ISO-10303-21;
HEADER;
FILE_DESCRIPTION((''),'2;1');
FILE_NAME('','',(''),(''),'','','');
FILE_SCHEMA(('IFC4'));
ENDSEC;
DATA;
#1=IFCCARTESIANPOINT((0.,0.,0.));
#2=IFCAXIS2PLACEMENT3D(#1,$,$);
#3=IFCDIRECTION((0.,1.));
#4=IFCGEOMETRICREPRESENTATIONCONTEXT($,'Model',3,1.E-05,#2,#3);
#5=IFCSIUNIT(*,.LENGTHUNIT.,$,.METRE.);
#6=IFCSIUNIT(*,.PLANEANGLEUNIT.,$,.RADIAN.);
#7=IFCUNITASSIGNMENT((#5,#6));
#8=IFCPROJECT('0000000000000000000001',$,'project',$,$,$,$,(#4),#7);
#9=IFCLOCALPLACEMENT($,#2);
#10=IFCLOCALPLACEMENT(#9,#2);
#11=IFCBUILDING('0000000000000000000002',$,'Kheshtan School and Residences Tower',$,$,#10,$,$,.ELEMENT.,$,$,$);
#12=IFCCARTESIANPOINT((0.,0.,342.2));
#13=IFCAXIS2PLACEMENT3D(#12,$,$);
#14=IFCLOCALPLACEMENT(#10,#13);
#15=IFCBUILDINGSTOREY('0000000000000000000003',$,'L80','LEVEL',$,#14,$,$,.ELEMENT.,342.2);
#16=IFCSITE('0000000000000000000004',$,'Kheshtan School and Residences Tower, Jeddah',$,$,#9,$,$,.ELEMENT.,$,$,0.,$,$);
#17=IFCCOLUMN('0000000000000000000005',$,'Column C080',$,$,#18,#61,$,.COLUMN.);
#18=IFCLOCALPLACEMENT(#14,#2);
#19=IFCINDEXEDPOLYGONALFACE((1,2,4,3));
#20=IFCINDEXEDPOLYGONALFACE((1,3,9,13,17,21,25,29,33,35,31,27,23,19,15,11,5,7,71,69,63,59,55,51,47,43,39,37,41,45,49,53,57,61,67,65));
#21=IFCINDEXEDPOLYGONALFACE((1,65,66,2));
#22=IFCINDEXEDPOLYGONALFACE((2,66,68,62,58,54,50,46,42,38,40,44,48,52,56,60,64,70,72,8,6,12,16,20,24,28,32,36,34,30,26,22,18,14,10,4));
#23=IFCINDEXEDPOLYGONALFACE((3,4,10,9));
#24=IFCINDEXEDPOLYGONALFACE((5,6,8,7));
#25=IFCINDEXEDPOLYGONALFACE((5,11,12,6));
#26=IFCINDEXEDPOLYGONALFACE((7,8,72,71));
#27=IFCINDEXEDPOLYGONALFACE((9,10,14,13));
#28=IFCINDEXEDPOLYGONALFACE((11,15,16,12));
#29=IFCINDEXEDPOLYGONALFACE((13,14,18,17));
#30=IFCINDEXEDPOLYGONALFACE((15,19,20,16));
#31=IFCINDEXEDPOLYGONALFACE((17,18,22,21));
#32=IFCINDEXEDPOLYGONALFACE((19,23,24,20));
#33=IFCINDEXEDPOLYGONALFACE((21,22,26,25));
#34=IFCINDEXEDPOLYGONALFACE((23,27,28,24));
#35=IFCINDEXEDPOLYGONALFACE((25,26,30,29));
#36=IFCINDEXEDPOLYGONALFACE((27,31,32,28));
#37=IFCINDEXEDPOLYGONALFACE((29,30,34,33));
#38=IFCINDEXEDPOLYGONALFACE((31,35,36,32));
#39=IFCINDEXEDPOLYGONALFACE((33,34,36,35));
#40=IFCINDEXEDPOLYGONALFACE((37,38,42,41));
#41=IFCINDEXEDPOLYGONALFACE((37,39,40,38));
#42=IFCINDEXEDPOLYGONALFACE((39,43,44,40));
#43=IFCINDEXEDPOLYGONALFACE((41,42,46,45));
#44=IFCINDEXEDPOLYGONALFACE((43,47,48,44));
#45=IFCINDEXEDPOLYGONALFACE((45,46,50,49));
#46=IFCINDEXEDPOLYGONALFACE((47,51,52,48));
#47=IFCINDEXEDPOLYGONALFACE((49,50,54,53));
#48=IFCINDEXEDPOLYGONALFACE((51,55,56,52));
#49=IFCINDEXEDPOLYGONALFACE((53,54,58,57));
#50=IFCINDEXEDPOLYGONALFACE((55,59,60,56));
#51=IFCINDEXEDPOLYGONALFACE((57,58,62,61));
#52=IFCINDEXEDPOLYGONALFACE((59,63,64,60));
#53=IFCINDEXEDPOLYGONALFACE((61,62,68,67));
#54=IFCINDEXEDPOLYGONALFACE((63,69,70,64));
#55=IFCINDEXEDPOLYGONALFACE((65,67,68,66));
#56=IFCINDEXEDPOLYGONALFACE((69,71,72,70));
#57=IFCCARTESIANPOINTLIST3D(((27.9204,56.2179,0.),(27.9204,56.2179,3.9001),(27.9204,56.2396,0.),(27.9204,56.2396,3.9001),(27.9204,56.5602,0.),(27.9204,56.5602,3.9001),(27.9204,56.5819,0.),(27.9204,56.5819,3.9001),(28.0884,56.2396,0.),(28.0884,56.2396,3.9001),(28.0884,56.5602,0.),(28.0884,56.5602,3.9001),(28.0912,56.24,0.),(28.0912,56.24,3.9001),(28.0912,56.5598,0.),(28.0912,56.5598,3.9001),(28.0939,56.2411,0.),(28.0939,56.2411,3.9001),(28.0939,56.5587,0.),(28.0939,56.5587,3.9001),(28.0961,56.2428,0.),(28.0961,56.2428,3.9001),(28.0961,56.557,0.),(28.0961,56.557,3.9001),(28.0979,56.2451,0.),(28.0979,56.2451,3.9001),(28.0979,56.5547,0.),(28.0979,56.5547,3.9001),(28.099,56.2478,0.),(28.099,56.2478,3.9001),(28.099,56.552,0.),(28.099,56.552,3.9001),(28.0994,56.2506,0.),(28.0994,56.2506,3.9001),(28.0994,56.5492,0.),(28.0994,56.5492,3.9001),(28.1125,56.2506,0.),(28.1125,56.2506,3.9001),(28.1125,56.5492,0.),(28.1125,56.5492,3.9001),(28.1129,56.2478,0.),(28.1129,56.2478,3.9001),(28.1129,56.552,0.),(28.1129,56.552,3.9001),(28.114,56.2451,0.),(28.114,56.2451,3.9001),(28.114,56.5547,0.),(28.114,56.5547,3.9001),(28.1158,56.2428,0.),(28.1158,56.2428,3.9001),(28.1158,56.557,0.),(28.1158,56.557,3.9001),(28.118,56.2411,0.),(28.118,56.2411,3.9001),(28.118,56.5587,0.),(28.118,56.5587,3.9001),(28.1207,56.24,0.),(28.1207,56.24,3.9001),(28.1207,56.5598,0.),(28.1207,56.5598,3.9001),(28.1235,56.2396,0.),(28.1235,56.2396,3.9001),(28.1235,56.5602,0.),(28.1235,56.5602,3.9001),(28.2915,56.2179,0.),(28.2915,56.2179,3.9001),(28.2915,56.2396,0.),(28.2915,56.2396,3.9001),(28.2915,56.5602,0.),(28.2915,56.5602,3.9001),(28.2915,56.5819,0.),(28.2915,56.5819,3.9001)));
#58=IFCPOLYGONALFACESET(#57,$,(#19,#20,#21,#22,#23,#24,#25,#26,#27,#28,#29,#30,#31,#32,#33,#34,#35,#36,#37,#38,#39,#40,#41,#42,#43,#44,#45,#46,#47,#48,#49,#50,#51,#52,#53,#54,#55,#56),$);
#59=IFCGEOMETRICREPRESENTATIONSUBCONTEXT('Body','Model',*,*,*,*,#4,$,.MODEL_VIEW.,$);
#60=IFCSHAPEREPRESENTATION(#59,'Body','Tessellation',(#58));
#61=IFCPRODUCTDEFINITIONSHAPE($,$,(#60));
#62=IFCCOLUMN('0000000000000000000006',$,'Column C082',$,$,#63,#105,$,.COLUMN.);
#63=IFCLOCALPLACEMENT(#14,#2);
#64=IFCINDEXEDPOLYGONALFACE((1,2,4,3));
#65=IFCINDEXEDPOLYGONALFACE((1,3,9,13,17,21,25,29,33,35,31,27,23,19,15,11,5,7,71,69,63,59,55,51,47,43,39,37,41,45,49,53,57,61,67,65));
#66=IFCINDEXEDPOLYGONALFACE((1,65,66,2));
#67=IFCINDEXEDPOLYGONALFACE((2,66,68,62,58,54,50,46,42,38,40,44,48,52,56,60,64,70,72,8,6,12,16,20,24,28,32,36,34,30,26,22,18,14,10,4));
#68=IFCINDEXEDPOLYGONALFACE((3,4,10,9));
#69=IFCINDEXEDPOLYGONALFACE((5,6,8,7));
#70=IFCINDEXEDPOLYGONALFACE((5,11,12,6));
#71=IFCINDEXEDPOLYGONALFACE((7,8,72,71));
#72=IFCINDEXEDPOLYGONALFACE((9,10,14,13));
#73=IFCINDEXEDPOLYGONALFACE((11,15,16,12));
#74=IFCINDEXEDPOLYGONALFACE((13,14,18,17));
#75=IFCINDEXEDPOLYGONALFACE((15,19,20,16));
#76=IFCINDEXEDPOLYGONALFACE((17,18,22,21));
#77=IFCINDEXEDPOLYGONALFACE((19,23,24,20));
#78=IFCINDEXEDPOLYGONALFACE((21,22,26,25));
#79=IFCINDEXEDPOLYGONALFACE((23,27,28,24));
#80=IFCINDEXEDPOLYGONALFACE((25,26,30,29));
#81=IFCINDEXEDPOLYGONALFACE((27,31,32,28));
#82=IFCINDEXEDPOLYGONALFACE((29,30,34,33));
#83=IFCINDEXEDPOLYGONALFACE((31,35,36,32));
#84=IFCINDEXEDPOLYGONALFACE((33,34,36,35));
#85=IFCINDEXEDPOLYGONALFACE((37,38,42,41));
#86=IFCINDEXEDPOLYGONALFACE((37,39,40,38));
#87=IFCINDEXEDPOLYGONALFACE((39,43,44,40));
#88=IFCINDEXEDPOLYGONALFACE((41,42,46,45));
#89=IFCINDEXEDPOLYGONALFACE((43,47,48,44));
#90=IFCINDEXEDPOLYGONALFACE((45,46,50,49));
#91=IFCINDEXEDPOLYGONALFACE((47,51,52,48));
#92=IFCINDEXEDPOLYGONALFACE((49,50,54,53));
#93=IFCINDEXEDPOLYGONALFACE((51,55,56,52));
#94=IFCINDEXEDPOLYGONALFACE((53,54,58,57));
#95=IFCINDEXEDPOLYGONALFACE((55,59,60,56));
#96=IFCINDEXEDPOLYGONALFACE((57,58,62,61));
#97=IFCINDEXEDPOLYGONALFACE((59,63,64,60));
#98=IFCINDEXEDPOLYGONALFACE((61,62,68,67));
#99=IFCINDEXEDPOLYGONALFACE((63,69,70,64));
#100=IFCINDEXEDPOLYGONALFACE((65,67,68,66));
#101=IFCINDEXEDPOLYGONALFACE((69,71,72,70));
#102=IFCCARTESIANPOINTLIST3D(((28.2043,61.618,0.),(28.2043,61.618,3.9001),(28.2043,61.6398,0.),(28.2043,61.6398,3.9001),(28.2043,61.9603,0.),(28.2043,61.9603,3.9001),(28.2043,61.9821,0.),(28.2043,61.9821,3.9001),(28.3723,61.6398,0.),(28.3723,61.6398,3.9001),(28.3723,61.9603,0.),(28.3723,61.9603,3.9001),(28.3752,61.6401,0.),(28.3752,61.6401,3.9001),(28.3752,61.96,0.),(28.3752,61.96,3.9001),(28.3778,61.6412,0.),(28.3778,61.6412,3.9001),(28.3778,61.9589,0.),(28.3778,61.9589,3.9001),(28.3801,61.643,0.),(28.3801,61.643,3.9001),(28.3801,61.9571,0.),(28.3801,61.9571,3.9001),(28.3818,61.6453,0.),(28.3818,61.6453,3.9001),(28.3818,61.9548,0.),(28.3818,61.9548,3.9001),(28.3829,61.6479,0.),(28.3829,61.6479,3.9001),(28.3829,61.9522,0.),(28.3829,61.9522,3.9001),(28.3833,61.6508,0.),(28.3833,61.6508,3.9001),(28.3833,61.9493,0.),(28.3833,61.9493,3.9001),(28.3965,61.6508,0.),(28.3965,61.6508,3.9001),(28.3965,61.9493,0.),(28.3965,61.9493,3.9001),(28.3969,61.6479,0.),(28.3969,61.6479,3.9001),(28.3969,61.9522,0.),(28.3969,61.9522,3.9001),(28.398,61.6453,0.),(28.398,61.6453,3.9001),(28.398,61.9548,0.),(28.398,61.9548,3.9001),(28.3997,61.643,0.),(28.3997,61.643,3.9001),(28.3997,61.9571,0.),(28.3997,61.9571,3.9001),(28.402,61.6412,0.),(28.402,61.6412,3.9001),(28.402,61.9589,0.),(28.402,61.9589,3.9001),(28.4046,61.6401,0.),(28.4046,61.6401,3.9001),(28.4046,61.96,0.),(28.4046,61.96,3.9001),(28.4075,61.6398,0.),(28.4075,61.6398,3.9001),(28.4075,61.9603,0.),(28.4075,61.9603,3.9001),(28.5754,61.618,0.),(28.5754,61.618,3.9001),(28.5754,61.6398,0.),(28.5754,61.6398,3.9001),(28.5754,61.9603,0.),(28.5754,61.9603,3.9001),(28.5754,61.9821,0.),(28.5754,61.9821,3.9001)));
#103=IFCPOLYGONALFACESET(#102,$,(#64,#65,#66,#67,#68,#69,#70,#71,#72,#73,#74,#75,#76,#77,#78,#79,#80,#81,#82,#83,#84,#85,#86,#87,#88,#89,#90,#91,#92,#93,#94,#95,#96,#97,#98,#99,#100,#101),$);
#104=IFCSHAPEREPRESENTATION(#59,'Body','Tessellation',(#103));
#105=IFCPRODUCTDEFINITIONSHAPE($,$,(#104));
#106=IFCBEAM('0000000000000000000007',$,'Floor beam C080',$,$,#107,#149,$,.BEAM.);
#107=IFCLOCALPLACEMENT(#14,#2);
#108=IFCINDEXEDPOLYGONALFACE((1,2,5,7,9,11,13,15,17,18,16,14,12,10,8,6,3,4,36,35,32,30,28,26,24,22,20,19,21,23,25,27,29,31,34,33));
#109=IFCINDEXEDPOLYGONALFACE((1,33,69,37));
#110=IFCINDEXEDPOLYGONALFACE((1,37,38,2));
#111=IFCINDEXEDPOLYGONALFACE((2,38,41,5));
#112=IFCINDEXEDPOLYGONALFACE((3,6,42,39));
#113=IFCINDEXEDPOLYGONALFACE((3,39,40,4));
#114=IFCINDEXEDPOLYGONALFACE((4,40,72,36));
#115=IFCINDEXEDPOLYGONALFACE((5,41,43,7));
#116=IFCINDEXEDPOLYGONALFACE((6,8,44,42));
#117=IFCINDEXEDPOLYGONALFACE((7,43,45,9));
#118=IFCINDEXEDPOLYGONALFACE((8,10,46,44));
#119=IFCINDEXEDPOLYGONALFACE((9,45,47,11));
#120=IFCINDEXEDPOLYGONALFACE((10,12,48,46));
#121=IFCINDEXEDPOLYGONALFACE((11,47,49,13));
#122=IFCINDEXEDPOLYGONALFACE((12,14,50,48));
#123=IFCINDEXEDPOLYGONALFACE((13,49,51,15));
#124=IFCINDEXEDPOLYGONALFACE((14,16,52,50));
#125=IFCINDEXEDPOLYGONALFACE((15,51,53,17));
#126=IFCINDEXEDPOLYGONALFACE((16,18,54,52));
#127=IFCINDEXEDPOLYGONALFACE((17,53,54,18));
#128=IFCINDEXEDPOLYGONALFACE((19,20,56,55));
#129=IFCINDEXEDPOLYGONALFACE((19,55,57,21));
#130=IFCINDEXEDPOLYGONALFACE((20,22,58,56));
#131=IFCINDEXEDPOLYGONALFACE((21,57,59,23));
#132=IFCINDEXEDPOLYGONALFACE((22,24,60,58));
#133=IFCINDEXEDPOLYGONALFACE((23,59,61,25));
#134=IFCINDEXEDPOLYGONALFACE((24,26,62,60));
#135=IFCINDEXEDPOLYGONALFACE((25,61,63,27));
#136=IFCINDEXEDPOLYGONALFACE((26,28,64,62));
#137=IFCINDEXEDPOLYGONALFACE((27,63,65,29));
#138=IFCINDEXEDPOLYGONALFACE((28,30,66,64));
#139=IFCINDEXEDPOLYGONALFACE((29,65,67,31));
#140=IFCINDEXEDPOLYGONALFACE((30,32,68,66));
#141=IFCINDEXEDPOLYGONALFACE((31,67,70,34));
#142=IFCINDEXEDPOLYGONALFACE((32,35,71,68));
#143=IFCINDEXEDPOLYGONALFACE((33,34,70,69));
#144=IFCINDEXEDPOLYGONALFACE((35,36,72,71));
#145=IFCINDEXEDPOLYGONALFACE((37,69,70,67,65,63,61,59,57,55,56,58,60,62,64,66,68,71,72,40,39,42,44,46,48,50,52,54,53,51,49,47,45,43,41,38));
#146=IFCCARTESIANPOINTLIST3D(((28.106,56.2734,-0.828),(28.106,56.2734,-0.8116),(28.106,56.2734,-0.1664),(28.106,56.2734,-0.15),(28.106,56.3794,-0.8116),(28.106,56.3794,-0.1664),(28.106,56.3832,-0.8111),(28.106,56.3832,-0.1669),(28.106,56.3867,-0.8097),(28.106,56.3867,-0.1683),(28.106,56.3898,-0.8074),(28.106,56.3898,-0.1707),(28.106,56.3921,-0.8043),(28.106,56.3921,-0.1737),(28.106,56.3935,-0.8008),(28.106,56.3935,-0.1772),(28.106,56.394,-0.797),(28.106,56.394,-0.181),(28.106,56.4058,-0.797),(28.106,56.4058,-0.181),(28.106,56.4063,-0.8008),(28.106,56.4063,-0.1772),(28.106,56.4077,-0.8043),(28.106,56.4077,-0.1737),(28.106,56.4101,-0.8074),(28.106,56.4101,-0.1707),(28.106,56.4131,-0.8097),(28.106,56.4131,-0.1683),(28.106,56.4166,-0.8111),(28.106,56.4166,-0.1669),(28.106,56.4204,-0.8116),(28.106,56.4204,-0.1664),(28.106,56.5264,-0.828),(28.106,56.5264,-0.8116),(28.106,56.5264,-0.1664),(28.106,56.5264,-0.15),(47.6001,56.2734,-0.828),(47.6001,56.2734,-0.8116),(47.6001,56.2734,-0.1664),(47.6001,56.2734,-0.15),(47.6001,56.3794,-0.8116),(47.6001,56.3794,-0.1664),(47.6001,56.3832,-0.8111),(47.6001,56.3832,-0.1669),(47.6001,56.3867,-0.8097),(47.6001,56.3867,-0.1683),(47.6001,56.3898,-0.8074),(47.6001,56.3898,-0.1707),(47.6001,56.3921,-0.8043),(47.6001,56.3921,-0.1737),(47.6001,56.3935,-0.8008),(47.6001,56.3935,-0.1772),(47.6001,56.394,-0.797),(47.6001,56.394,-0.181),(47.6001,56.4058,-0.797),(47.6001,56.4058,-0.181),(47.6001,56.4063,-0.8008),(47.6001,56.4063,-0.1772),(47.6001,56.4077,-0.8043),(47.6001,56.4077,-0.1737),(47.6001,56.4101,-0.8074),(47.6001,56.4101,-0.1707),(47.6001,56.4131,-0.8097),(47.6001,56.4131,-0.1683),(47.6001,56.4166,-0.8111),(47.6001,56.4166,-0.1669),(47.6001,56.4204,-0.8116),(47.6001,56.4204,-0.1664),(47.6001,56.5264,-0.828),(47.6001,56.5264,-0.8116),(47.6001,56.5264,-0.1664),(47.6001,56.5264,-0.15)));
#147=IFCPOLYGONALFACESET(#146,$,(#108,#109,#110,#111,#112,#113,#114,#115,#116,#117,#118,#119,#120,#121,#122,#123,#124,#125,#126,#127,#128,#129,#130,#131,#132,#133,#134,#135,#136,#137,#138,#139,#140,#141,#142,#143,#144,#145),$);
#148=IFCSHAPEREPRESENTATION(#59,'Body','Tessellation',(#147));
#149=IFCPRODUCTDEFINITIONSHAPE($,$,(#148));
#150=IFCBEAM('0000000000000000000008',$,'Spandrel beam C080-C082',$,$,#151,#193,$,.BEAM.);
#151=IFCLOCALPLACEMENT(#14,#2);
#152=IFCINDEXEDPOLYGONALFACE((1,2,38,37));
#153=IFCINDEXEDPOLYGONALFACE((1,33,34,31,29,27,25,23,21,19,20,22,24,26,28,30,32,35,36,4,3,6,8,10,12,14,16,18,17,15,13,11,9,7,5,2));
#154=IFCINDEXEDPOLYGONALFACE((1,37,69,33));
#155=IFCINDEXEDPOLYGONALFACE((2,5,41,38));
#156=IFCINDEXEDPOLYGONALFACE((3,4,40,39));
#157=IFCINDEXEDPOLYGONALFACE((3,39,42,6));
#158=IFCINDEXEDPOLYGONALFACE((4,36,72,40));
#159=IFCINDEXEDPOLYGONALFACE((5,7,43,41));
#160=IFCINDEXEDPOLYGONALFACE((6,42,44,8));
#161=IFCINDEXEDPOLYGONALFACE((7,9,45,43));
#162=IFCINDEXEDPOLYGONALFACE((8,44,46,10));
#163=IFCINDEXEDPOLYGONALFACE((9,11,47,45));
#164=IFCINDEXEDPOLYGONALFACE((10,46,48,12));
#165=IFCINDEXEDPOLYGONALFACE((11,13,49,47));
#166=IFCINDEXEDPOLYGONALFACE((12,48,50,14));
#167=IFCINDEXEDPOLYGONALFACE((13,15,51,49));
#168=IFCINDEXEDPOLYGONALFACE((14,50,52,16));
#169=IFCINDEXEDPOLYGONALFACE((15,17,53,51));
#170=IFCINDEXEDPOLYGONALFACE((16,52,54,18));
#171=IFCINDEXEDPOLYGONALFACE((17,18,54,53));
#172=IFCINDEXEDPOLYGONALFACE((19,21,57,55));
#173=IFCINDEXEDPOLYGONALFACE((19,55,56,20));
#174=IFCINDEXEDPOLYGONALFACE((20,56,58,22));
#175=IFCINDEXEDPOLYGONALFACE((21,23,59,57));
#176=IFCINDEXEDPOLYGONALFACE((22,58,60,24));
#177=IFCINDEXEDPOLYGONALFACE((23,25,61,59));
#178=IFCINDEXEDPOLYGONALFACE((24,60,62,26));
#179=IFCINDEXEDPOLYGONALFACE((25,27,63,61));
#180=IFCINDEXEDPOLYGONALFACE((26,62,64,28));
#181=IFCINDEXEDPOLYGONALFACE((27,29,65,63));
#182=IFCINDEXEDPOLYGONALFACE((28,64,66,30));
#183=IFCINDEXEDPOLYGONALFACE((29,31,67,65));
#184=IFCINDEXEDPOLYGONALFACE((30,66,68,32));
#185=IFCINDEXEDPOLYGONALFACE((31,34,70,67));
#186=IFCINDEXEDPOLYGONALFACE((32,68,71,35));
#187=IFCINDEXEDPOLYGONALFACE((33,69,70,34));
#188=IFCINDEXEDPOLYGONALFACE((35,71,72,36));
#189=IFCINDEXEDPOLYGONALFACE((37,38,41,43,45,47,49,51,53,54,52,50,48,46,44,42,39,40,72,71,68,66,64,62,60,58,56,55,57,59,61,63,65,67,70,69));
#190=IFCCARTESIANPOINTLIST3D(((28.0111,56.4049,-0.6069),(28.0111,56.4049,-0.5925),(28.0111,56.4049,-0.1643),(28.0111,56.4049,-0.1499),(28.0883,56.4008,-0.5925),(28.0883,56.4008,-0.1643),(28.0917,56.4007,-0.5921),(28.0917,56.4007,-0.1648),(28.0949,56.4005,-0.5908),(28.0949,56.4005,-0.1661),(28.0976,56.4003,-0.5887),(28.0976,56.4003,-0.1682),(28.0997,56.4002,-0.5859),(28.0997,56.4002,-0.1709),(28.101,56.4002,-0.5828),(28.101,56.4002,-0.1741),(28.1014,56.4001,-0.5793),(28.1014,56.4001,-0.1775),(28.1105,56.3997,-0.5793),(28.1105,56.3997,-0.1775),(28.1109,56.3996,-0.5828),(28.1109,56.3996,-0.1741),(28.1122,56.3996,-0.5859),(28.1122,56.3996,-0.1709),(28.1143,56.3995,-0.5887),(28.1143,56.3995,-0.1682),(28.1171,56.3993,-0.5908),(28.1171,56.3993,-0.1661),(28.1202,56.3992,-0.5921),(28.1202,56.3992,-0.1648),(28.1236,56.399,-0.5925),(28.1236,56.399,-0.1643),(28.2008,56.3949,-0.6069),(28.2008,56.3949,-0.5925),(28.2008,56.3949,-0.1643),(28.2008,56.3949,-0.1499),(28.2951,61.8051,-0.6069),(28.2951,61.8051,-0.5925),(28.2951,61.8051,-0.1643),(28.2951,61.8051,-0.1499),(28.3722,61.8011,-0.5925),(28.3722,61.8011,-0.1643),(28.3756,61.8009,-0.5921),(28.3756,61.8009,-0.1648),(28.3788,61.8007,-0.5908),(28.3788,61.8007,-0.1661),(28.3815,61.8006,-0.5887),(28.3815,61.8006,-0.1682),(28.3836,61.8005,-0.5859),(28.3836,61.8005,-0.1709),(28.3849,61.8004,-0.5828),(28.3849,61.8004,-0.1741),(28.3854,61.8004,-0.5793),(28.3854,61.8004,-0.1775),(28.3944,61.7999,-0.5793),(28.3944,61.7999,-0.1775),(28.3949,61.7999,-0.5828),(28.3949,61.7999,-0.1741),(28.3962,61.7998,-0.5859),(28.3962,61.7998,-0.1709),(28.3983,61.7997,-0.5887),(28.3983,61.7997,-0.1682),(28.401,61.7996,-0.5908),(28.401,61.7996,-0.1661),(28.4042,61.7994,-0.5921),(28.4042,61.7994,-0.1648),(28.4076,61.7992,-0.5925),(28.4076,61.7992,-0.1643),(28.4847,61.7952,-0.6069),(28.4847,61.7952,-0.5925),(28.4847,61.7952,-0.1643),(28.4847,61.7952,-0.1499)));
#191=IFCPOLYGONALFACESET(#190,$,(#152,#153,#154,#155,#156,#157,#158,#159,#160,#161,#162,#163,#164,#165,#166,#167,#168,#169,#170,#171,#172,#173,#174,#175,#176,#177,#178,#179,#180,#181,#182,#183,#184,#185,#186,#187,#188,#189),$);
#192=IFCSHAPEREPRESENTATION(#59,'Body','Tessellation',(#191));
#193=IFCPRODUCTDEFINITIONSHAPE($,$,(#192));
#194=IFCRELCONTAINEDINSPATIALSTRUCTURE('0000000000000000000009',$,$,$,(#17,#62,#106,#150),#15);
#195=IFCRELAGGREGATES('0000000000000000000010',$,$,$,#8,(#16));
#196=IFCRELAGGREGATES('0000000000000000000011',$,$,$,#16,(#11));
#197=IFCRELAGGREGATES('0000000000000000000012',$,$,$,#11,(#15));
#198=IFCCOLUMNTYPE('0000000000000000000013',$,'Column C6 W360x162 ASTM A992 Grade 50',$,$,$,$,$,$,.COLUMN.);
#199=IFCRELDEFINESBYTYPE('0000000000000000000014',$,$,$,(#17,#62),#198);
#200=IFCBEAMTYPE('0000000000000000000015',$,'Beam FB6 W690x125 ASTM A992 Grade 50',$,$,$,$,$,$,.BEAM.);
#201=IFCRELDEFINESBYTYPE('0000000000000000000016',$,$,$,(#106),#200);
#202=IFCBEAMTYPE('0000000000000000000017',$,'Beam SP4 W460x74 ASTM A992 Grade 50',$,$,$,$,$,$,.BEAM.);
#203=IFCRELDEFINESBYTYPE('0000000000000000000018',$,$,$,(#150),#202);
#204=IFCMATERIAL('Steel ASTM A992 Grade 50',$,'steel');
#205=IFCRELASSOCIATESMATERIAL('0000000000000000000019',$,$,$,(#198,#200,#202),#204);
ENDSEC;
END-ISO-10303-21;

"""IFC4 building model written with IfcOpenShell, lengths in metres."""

from ifc_helpers import new_model, si_unit, direction, frame, origin, origin_2d, place, context, subcontext, project, spatial, i_section, extrude, material, material_profile, profile_set, type_object, element, save


model = new_model("IFC4")

# Units and contexts
model_context = context("Model", 3, precision=1e-05, world=origin(), true_north=direction((0.0, 1.0)))
body_context = subcontext(model_context, "Body", "Model", "MODEL_VIEW")
ifc_project = project(units=[si_unit("LENGTHUNIT", "METRE"), si_unit("PLANEANGLEUNIT", "RADIAN")], contexts=[model_context])

# Site, building, storey
site_placement = place(None, origin())
site = spatial("IfcSite", under=ifc_project, at=site_placement, Name="Kheshtan School and Residences Tower, Jeddah", CompositionType="ELEMENT", RefElevation=0.0)
building_placement = place(site_placement, origin())
building = spatial("IfcBuilding", under=site, at=building_placement, Name="Kheshtan School and Residences Tower", CompositionType="ELEMENT")
storey_placement = place(building_placement, frame((0.0, 0.0, 342.2)))
storey = spatial("IfcBuildingStorey", under=building, at=storey_placement, Name="L80", Description="LEVEL", CompositionType="ELEMENT", Elevation=342.2)

# Columns
ifc_material_1 = material(Name="Steel ASTM A992 Grade 50", Category="steel")
ifc_material_profile_1 = material_profile(ifc_material_1, i_section(OverallWidth=0.3711, OverallDepth=0.364, WebThickness=0.0132, FlangeThickness=0.0217, FilletRadius=0.011, at=origin_2d()), Name="W360x162")
ifc_profile_set_1 = profile_set([ifc_material_profile_1], Name="Steel ASTM A992 Grade 50")
column_type = type_object("IfcColumnType", Name="Column C6 W360x162 ASTM A992 Grade 50", PredefinedType="COLUMN", material=ifc_profile_set_1)
for number, where, z_axis, x_axis, name in (
    (1, (28.106, 56.3999, 0.0), (0.0, 0.0, 1.0), (1.0, 0.0, 0.0), "Column C080"),
    (2, (28.3899, 61.8, 0.0), (0.0, 0.0, 1.0), (1.0, 0.0, 0.0), "Column C082"),
):
    element("IfcColumn", number, at=place(storey_placement, frame(where, z_axis=z_axis, x_axis=x_axis)), inside=storey, type_object=column_type, Name=name, PredefinedType="COLUMN", context=body_context, shape_type="SweptSolid", body=[
        extrude(i_section(OverallWidth=0.3711, OverallDepth=0.364, WebThickness=0.0132, FlangeThickness=0.0217, FilletRadius=0.011, at=origin_2d()), origin(), (0.0, 0.0, 1.0), 3.9001),
    ])

# Beams
ifc_material_profile_2 = material_profile(ifc_material_1, i_section(OverallWidth=0.2529, OverallDepth=0.678, WebThickness=0.0117, FlangeThickness=0.0164, FilletRadius=0.0146, at=origin_2d()), Name="W690x125")
ifc_profile_set_2 = profile_set([ifc_material_profile_2], Name="Steel ASTM A992 Grade 50")
beam_type_1 = type_object("IfcBeamType", Name="Beam FB6 W690x125 ASTM A992 Grade 50", PredefinedType="BEAM", material=ifc_profile_set_2)
beam_1_placement = place(storey_placement, frame((28.106, 56.3999, -0.489), z_axis=(1.0, 0.0, 0.0), x_axis=(0.0, 1.0, 0.0)))
element("IfcBeam", 3, at=beam_1_placement, inside=storey, type_object=beam_type_1, Name="Floor beam C080", PredefinedType="BEAM", context=body_context, shape_type="SweptSolid", body=[
    extrude(i_section(OverallWidth=0.2529, OverallDepth=0.678, WebThickness=0.0117, FlangeThickness=0.0164, FilletRadius=0.0146, at=origin_2d()), origin(), (0.0, 0.0, 1.0), 19.4941),
])
ifc_material_profile_3 = material_profile(ifc_material_1, i_section(OverallWidth=0.1899, OverallDepth=0.457, WebThickness=0.009, FlangeThickness=0.0144, FilletRadius=0.0132, at=origin_2d()), Name="W460x74")
ifc_profile_set_3 = profile_set([ifc_material_profile_3], Name="Steel ASTM A992 Grade 50")
beam_type_2 = type_object("IfcBeamType", Name="Beam SP4 W460x74 ASTM A992 Grade 50", PredefinedType="BEAM", material=ifc_profile_set_3)
beam_2_placement = place(storey_placement, frame((28.106, 56.3999, -0.3784), z_axis=(0.052507, 0.998621, 0.0), x_axis=(-0.998621, 0.052507, 0.0)))
element("IfcBeam", 4, at=beam_2_placement, inside=storey, type_object=beam_type_2, Name="Spandrel beam C080-C082", PredefinedType="BEAM", context=body_context, shape_type="SweptSolid", body=[
    extrude(i_section(OverallWidth=0.1899, OverallDepth=0.457, WebThickness=0.009, FlangeThickness=0.0144, FilletRadius=0.0132, at=origin_2d()), origin(), (0.0, 0.0, 1.0), 5.4077),
])

save(model, "model.ifc")
